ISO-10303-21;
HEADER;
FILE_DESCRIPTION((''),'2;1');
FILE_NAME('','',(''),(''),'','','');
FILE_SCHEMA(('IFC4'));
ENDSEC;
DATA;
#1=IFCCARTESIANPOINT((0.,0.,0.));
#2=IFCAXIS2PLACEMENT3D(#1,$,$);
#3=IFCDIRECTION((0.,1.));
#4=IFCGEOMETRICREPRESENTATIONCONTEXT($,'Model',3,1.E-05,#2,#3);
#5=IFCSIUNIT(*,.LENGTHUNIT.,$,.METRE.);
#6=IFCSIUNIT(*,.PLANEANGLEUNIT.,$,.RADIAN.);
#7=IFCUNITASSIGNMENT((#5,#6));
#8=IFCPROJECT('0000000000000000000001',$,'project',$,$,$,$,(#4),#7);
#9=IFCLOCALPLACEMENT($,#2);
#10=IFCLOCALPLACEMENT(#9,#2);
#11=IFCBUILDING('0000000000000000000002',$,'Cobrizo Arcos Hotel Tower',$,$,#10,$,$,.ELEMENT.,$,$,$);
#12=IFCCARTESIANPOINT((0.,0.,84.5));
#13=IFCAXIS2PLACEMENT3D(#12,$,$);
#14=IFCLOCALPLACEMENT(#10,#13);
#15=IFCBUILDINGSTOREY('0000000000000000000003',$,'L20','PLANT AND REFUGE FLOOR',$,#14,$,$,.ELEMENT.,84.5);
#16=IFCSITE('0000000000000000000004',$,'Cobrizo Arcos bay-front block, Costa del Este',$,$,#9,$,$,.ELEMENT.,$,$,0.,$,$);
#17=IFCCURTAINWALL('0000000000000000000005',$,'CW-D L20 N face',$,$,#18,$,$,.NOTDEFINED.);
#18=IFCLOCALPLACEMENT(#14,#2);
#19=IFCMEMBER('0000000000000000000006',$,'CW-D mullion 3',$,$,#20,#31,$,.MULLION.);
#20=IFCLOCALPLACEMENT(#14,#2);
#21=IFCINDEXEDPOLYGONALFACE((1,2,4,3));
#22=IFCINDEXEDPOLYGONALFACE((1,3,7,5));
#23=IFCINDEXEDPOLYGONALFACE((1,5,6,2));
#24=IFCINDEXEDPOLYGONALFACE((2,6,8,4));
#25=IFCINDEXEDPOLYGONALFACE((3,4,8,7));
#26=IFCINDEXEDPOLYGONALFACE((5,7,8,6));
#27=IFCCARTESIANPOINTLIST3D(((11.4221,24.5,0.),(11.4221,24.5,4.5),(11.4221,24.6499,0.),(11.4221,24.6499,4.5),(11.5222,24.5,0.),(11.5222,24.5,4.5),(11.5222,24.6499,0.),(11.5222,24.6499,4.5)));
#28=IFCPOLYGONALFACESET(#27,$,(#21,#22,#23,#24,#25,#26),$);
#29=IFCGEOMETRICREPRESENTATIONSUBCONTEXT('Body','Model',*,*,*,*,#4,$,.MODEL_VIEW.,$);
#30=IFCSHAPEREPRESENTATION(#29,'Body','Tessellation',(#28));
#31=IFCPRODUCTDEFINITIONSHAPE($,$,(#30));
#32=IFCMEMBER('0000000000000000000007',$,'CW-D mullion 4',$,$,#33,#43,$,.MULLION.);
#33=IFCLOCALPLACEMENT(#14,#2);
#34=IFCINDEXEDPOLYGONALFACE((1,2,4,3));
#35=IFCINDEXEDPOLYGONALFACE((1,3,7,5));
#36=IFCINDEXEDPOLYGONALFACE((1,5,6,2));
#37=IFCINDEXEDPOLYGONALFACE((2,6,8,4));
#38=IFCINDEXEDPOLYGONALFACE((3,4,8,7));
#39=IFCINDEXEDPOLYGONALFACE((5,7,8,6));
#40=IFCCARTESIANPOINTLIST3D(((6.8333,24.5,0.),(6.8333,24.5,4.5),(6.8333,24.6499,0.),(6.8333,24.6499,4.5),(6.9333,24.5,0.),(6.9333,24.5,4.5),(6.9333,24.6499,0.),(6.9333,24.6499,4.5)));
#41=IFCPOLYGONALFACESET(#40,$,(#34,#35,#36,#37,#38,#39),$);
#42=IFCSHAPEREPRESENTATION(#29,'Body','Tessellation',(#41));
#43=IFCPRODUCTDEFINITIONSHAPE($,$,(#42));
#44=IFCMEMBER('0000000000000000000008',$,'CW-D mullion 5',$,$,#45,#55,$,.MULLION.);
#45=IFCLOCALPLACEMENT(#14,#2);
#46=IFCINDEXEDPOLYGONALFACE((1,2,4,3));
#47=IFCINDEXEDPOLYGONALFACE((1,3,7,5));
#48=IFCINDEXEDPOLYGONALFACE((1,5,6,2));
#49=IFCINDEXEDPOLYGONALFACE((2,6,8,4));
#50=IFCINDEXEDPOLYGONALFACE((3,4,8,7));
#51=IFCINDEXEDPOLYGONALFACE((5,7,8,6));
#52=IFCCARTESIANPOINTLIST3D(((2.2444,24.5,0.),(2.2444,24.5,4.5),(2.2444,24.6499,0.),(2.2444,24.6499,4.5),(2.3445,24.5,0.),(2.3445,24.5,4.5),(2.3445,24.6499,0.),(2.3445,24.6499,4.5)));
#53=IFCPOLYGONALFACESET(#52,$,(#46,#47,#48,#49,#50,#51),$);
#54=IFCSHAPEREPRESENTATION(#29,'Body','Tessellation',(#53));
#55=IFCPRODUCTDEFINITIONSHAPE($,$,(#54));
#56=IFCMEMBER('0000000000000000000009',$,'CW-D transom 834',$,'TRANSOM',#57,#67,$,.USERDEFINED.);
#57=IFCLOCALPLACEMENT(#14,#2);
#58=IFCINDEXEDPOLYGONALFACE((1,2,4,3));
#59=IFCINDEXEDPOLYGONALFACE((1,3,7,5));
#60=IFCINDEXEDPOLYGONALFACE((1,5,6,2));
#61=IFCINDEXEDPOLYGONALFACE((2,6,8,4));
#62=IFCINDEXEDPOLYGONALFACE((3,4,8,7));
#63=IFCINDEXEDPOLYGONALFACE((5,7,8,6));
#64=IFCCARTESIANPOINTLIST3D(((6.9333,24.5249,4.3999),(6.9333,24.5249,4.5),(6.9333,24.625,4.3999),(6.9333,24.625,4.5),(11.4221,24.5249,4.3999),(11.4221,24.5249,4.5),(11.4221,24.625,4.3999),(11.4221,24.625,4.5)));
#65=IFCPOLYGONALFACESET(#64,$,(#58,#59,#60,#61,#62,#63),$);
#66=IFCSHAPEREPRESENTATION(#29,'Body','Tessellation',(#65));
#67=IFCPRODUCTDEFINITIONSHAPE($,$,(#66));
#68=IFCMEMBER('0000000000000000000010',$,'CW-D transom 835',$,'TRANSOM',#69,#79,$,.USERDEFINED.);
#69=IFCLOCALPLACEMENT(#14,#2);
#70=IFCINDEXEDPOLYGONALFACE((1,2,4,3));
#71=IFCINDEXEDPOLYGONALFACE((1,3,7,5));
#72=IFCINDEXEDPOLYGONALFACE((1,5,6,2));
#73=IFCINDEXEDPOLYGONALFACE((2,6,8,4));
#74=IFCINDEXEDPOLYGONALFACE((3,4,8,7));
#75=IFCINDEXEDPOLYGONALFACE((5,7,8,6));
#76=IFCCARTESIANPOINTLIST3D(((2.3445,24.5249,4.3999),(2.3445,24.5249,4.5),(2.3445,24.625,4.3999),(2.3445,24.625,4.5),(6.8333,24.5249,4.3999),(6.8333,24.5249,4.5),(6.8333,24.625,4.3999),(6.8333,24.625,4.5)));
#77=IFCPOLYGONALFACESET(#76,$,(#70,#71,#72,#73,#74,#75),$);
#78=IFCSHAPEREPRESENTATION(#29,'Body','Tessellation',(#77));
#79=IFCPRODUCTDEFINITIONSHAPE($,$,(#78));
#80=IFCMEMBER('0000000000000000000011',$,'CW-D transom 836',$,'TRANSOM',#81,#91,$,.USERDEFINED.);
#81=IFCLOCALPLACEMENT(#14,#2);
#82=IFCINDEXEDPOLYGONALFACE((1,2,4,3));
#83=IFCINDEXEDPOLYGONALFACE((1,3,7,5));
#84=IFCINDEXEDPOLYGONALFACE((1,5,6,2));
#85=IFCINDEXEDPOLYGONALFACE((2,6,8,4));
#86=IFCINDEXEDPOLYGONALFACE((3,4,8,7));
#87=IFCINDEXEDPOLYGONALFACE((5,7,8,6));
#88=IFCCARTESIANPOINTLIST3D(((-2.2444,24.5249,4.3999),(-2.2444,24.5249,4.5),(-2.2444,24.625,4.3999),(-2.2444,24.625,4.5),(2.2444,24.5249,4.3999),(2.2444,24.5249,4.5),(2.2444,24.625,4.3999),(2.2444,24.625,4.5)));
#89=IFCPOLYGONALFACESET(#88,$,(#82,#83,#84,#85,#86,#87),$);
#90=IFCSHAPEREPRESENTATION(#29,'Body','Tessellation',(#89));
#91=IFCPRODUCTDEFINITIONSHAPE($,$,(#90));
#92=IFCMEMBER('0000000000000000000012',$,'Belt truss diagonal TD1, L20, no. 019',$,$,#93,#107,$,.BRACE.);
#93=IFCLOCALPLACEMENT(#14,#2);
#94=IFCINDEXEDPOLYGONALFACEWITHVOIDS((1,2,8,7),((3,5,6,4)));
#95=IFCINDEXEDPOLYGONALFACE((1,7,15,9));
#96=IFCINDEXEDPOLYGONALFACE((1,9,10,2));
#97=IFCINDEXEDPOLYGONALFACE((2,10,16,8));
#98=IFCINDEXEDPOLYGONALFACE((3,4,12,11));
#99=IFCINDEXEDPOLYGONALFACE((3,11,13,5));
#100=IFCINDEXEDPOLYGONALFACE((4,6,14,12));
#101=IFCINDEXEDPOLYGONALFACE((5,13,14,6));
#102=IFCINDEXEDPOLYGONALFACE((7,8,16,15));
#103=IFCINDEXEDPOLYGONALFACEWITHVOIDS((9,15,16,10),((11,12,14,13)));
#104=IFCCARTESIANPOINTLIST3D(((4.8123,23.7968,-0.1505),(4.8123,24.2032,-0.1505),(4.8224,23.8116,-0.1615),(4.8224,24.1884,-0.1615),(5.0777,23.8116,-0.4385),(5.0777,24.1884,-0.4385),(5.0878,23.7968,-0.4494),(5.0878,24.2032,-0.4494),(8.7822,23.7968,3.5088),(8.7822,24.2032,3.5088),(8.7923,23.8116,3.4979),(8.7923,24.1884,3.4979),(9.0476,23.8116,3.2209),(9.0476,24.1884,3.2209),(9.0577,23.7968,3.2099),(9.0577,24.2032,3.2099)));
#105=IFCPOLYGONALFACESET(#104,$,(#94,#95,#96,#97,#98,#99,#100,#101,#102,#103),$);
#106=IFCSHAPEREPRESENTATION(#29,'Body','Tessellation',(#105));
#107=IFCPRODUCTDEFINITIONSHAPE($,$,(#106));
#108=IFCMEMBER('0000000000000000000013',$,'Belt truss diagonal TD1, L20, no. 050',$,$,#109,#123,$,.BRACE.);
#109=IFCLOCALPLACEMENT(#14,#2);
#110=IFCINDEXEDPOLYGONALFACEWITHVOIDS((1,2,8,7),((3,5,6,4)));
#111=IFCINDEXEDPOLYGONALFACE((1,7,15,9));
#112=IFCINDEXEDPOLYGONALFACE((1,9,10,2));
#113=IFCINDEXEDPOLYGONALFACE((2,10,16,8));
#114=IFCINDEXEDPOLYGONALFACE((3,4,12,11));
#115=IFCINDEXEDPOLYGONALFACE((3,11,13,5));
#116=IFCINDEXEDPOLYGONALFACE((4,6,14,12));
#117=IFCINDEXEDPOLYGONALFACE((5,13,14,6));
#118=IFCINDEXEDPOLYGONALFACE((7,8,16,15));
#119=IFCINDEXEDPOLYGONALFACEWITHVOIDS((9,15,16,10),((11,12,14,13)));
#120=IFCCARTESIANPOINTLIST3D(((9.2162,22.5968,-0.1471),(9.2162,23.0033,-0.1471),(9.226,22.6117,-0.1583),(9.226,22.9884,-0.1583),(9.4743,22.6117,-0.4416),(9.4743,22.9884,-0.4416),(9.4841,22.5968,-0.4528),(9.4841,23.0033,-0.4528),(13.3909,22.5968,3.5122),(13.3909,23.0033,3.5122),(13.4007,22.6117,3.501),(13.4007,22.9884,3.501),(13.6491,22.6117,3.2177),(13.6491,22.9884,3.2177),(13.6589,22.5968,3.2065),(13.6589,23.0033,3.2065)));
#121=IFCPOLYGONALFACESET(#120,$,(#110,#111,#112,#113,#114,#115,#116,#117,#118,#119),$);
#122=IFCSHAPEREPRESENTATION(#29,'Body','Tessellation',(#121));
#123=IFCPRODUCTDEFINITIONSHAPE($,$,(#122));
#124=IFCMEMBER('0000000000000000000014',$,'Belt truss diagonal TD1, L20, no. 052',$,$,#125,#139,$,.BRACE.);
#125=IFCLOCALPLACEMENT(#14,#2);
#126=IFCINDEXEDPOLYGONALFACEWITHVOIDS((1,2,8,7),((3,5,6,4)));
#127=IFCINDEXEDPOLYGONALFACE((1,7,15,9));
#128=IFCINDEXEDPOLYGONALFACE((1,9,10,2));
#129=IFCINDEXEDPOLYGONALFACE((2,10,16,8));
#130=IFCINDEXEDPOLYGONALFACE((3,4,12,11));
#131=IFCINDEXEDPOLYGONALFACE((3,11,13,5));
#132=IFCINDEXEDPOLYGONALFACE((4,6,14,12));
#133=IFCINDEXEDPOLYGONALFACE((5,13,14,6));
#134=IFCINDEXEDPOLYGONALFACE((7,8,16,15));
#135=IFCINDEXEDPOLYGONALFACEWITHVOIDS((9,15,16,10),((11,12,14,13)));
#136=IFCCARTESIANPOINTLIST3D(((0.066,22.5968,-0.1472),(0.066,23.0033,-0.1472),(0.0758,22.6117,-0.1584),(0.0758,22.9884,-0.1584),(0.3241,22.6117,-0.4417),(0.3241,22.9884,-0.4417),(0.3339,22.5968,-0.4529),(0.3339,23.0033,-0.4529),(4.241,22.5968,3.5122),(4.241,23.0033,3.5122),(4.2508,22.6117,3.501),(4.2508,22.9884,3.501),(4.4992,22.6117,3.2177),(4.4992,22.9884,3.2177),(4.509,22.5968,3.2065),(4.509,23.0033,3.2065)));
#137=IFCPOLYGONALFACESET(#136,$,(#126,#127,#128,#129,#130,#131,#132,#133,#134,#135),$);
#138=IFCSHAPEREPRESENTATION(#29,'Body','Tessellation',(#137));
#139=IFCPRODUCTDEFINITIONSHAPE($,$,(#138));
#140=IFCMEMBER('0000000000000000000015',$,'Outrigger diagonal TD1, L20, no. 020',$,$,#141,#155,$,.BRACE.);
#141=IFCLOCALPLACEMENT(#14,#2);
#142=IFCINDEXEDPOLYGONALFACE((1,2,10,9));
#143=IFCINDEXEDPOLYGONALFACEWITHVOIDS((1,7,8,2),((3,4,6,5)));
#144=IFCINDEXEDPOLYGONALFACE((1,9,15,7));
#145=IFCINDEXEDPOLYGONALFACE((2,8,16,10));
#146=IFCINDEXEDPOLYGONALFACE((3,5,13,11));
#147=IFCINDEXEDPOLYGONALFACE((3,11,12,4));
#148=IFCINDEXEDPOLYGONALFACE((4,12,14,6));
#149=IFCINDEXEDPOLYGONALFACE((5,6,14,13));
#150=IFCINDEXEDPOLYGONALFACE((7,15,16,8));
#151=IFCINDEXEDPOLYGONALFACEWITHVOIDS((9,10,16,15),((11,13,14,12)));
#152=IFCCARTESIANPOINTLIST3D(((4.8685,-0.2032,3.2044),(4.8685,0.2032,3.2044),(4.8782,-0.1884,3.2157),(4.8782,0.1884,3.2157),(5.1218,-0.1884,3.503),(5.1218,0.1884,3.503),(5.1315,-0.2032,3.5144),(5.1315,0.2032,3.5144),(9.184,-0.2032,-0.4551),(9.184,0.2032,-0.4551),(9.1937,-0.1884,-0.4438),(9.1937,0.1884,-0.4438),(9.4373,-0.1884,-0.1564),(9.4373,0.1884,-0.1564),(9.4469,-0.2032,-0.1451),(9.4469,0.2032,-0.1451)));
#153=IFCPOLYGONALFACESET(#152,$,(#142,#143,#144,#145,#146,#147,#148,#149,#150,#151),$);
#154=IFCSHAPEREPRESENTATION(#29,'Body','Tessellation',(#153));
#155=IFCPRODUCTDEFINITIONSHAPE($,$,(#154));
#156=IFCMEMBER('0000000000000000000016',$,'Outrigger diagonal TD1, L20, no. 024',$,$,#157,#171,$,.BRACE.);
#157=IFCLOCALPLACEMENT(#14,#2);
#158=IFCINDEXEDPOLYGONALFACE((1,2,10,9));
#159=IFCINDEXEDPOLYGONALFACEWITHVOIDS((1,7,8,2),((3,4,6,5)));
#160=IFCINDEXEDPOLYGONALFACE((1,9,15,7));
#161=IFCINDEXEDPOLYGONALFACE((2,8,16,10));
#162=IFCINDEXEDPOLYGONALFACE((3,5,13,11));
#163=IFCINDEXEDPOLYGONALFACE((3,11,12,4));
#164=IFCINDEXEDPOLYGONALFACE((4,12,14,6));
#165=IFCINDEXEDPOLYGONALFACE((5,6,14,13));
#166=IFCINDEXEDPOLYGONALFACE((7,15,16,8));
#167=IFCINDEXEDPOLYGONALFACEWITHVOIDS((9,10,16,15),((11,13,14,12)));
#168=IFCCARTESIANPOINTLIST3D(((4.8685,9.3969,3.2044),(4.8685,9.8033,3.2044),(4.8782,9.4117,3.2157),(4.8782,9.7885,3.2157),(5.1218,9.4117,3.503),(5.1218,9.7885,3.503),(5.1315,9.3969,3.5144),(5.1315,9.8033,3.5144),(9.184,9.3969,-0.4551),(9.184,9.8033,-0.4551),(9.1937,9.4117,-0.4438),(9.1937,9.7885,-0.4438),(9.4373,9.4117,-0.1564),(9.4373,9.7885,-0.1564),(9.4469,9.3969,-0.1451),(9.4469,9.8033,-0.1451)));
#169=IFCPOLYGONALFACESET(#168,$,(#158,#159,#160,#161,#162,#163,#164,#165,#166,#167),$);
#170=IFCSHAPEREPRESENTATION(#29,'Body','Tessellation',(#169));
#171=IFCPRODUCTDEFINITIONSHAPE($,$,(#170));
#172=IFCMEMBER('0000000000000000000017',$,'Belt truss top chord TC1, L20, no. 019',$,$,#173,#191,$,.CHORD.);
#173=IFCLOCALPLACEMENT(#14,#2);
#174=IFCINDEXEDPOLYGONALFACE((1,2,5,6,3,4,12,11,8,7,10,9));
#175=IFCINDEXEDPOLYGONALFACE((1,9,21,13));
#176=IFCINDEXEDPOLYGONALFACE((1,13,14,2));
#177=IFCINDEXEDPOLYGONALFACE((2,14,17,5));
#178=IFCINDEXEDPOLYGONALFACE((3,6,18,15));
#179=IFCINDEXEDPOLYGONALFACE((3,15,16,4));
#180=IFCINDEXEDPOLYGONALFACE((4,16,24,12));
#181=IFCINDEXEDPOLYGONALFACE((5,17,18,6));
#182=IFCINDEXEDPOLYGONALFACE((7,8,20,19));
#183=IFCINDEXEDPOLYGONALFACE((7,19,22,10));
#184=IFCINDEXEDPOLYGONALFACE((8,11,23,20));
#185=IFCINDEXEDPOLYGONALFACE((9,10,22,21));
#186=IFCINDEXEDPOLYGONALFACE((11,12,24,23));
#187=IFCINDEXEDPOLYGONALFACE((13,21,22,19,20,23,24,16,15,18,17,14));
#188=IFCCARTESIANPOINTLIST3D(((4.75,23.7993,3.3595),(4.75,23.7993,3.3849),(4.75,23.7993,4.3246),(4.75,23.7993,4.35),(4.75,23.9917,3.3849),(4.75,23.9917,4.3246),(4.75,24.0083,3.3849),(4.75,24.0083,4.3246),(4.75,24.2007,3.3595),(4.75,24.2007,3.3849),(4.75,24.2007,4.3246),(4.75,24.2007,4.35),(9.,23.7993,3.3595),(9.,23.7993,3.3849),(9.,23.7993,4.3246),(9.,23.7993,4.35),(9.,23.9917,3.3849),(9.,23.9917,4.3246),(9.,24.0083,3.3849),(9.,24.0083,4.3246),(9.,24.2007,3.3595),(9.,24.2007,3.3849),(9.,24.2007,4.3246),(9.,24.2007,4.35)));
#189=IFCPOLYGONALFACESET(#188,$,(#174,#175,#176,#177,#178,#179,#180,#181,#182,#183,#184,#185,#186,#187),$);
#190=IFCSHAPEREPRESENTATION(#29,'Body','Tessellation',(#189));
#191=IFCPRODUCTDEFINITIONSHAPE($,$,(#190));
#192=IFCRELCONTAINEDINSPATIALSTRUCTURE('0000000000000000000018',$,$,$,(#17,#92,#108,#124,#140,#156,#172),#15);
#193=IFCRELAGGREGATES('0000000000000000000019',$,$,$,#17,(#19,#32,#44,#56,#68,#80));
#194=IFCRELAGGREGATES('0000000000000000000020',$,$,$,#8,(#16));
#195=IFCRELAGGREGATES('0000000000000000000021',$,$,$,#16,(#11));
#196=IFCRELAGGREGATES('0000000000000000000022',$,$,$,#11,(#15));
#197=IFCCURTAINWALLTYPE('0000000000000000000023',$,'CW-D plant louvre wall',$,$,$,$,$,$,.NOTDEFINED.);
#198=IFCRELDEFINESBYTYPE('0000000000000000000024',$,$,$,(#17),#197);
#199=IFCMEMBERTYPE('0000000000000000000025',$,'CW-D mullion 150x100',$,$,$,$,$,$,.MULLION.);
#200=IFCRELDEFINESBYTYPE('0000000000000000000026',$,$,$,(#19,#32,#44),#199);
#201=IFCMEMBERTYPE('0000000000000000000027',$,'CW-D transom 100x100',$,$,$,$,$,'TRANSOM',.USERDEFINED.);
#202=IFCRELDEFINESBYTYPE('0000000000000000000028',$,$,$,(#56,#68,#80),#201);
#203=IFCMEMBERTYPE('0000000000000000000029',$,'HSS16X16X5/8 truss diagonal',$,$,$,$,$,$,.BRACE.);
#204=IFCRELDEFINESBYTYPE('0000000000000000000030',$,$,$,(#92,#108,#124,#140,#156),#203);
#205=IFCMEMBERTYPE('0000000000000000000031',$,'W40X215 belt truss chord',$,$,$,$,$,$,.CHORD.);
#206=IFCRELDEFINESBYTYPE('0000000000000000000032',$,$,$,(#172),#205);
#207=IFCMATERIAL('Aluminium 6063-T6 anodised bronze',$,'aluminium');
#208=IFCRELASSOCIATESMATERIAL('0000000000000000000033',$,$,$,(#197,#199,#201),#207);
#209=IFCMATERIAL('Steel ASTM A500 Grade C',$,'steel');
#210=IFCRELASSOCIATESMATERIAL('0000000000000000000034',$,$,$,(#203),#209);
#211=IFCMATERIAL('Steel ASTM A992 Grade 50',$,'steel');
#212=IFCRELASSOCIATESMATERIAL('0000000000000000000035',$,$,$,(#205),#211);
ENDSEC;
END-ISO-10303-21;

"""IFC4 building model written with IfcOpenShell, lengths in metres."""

from ifc_helpers import new_model, si_unit, direction, frame, origin, origin_2d, place, context, subcontext, project, spatial, rectangle, hollow_rectangle, i_section, extrude, material, material_profile, profile_set, type_object, element, aggregate, save


model = new_model("IFC4")

# Units and contexts
model_context = context("Model", 3, precision=1e-05, world=origin(), true_north=direction((0.0, 1.0)))
body_context = subcontext(model_context, "Body", "Model", "MODEL_VIEW")
ifc_project = project(units=[si_unit("LENGTHUNIT", "METRE"), si_unit("PLANEANGLEUNIT", "RADIAN")], contexts=[model_context])

# Site, building, storey
site_placement = place(None, origin())
site = spatial("IfcSite", under=ifc_project, at=site_placement, Name="Cobrizo Arcos bay-front block, Costa del Este", CompositionType="ELEMENT", RefElevation=0.0)
building_placement = place(site_placement, origin())
building = spatial("IfcBuilding", under=site, at=building_placement, Name="Cobrizo Arcos Hotel Tower", CompositionType="ELEMENT")
storey_placement = place(building_placement, frame((0.0, 0.0, 84.5)))
storey = spatial("IfcBuildingStorey", under=building, at=storey_placement, Name="L20", Description="PLANT AND REFUGE FLOOR", CompositionType="ELEMENT", Elevation=84.5)

# Curtain wall, members
ifc_material_1 = material(Name="Aluminium 6063-T6 anodised bronze", Category="aluminium")
curtain_wall_type = type_object("IfcCurtainWallType", Name="CW-D plant louvre wall", PredefinedType="NOTDEFINED", material=ifc_material_1)
curtain_wall_placement = place(storey_placement, origin())
curtain_wall = element("IfcCurtainWall", 1, at=curtain_wall_placement, inside=storey, type_object=curtain_wall_type, Name="CW-D L20 N face", PredefinedType="NOTDEFINED")
ifc_material_profile_1 = material_profile(ifc_material_1, rectangle(XDim=0.1499, YDim=0.1001, at=origin_2d()), Name="CW-D mullion 150x100")
ifc_profile_set_1 = profile_set([ifc_material_profile_1], Name="Aluminium 6063-T6 anodised bronze")
member_type_1 = type_object("IfcMemberType", Name="CW-D mullion 150x100", PredefinedType="MULLION", material=ifc_profile_set_1)
member_1_placement = place(storey_placement, frame((11.4722, 24.575, 0.0), z_axis=(0.0, 0.0, 1.0), x_axis=(0.0, 1.0, 0.0)))
member_1 = element("IfcMember", 2, at=member_1_placement, type_object=member_type_1, Name="CW-D mullion 3", PredefinedType="MULLION", context=body_context, shape_type="SweptSolid", body=[
    extrude(rectangle(XDim=0.1499, YDim=0.1001, at=origin_2d()), origin(), (0.0, 0.0, 1.0), 4.5),
])
member_2_placement = place(storey_placement, frame((6.8833, 24.575, 0.0), z_axis=(0.0, 0.0, 1.0), x_axis=(0.0, 1.0, 0.0)))
member_2 = element("IfcMember", 3, at=member_2_placement, type_object=member_type_1, Name="CW-D mullion 4", PredefinedType="MULLION", context=body_context, shape_type="SweptSolid", body=[
    extrude(rectangle(XDim=0.1499, YDim=0.1001, at=origin_2d()), origin(), (0.0, 0.0, 1.0), 4.5),
])
member_3_placement = place(storey_placement, frame((2.2944, 24.575, 0.0), z_axis=(0.0, 0.0, 1.0), x_axis=(0.0, 1.0, 0.0)))
member_3 = element("IfcMember", 4, at=member_3_placement, type_object=member_type_1, Name="CW-D mullion 5", PredefinedType="MULLION", context=body_context, shape_type="SweptSolid", body=[
    extrude(rectangle(XDim=0.1499, YDim=0.1001, at=origin_2d()), origin(), (0.0, 0.0, 1.0), 4.5),
])
ifc_material_profile_2 = material_profile(ifc_material_1, rectangle(XDim=0.1001, YDim=0.1001, at=origin_2d()), Name="CW-D transom 100x100")
ifc_profile_set_2 = profile_set([ifc_material_profile_2], Name="Aluminium 6063-T6 anodised bronze")
member_type_2 = type_object("IfcMemberType", Name="CW-D transom 100x100", ElementType="TRANSOM", PredefinedType="USERDEFINED", material=ifc_profile_set_2)
member_4_placement = place(storey_placement, frame((11.4221, 24.575, 4.45), z_axis=(-1.0, 0.0, 0.0), x_axis=(0.0, -1.0, 0.0)))
member_4 = element("IfcMember", 5, at=member_4_placement, type_object=member_type_2, Name="CW-D transom 834", ObjectType="TRANSOM", PredefinedType="USERDEFINED", context=body_context, shape_type="SweptSolid", body=[
    extrude(rectangle(XDim=0.1001, YDim=0.1001, at=origin_2d()), origin(), (0.0, 0.0, 1.0), 4.4888),
])
member_5_placement = place(storey_placement, frame((6.8333, 24.575, 4.45), z_axis=(-1.0, 0.0, 0.0), x_axis=(0.0, -1.0, 0.0)))
member_5 = element("IfcMember", 6, at=member_5_placement, type_object=member_type_2, Name="CW-D transom 835", ObjectType="TRANSOM", PredefinedType="USERDEFINED", context=body_context, shape_type="SweptSolid", body=[
    extrude(rectangle(XDim=0.1001, YDim=0.1001, at=origin_2d()), origin(), (0.0, 0.0, 1.0), 4.4888),
])
member_6_placement = place(storey_placement, frame((2.2444, 24.575, 4.45), z_axis=(-1.0, 0.0, 0.0), x_axis=(0.0, -1.0, 0.0)))
member_6 = element("IfcMember", 7, at=member_6_placement, type_object=member_type_2, Name="CW-D transom 836", ObjectType="TRANSOM", PredefinedType="USERDEFINED", context=body_context, shape_type="SweptSolid", body=[
    extrude(rectangle(XDim=0.1001, YDim=0.1001, at=origin_2d()), origin(), (0.0, 0.0, 1.0), 4.4888),
])

# Members
ifc_material_2 = material(Name="Steel ASTM A500 Grade C", Category="steel")
ifc_material_profile_3 = material_profile(ifc_material_2, hollow_rectangle(XDim=0.4065, YDim=0.4065, WallThickness=0.0149, at=origin_2d()), Name="HSS16X16X5/8")
ifc_profile_set_3 = profile_set([ifc_material_profile_3], Name="Steel ASTM A500 Grade C")
member_type_3 = type_object("IfcMemberType", Name="HSS16X16X5/8 truss diagonal", PredefinedType="BRACE", material=ifc_profile_set_3)
member_7_placement = place(storey_placement, frame((8.9199, 24.0, 3.3594), z_axis=(-0.73528, 0.0, -0.677763), x_axis=(0.0, -1.0, 0.0)))
element("IfcMember", 8, at=member_7_placement, inside=storey, type_object=member_type_3, Name="Belt truss diagonal TD1, L20, no. 019", PredefinedType="BRACE", context=body_context, shape_type="SweptSolid", body=[
    extrude(hollow_rectangle(XDim=0.4065, YDim=0.4065, WallThickness=0.0149, at=origin_2d()), origin(), (0.0, 0.0, 1.0), 5.3992),
])
member_8_placement = place(storey_placement, frame((13.5249, 22.8, 3.3594), z_axis=(-0.751999, 0.0, -0.659164), x_axis=(0.0, -1.0, 0.0)))
element("IfcMember", 9, at=member_8_placement, inside=storey, type_object=member_type_3, Name="Belt truss diagonal TD1, L20, no. 050", PredefinedType="BRACE", context=body_context, shape_type="SweptSolid", body=[
    extrude(hollow_rectangle(XDim=0.4065, YDim=0.4065, WallThickness=0.0149, at=origin_2d()), origin(), (0.0, 0.0, 1.0), 5.5515),
])
member_9_placement = place(storey_placement, frame((4.375, 22.8, 3.3594), z_axis=(-0.752018, 0.0, -0.659143), x_axis=(0.0, -1.0, 0.0)))
element("IfcMember", 10, at=member_9_placement, inside=storey, type_object=member_type_3, Name="Belt truss diagonal TD1, L20, no. 052", PredefinedType="BRACE", context=body_context, shape_type="SweptSolid", body=[
    extrude(hollow_rectangle(XDim=0.4065, YDim=0.4065, WallThickness=0.0149, at=origin_2d()), origin(), (0.0, 0.0, 1.0), 5.5518),
])
for number, where, z_axis, x_axis, name in (
    (11, (5.0, 0.0, 3.3594), (0.762697, 0.0, -0.646756), (0.0, 1.0, 0.0), "Outrigger diagonal TD1, L20, no. 020"),
    (12, (5.0, 9.6001, 3.3594), (0.762697, 0.0, -0.646756), (0.0, 1.0, 0.0), "Outrigger diagonal TD1, L20, no. 024"),
):
    element("IfcMember", number, at=place(storey_placement, frame(where, z_axis=z_axis, x_axis=x_axis)), inside=storey, type_object=member_type_3, Name=name, PredefinedType="BRACE", context=body_context, shape_type="SweptSolid", body=[
        extrude(hollow_rectangle(XDim=0.4065, YDim=0.4065, WallThickness=0.0149, at=origin_2d()), origin(), (0.0, 0.0, 1.0), 5.6582),
    ])
ifc_material_3 = material(Name="Steel ASTM A992 Grade 50", Category="steel")
ifc_material_profile_4 = material_profile(ifc_material_3, i_section(OverallWidth=0.4014, OverallDepth=0.9905, WebThickness=0.0166, FlangeThickness=0.0254, at=origin_2d()), Name="W40X215")
ifc_profile_set_4 = profile_set([ifc_material_profile_4], Name="Steel ASTM A992 Grade 50")
member_type_4 = type_object("IfcMemberType", Name="W40X215 belt truss chord", PredefinedType="CHORD", material=ifc_profile_set_4)
member_10_placement = place(storey_placement, frame((9.0, 24.0, 3.8547), z_axis=(-1.0, 0.0, 0.0), x_axis=(0.0, -1.0, 0.0)))
element("IfcMember", 13, at=member_10_placement, inside=storey, type_object=member_type_4, Name="Belt truss top chord TC1, L20, no. 019", PredefinedType="CHORD", context=body_context, shape_type="SweptSolid", body=[
    extrude(i_section(OverallWidth=0.4014, OverallDepth=0.9905, WebThickness=0.0166, FlangeThickness=0.0254, at=origin_2d()), origin(), (0.0, 0.0, 1.0), 4.25),
])

aggregate(curtain_wall, [member_1, member_2, member_3, member_4, member_5, member_6])

save(model, "model.ifc")
